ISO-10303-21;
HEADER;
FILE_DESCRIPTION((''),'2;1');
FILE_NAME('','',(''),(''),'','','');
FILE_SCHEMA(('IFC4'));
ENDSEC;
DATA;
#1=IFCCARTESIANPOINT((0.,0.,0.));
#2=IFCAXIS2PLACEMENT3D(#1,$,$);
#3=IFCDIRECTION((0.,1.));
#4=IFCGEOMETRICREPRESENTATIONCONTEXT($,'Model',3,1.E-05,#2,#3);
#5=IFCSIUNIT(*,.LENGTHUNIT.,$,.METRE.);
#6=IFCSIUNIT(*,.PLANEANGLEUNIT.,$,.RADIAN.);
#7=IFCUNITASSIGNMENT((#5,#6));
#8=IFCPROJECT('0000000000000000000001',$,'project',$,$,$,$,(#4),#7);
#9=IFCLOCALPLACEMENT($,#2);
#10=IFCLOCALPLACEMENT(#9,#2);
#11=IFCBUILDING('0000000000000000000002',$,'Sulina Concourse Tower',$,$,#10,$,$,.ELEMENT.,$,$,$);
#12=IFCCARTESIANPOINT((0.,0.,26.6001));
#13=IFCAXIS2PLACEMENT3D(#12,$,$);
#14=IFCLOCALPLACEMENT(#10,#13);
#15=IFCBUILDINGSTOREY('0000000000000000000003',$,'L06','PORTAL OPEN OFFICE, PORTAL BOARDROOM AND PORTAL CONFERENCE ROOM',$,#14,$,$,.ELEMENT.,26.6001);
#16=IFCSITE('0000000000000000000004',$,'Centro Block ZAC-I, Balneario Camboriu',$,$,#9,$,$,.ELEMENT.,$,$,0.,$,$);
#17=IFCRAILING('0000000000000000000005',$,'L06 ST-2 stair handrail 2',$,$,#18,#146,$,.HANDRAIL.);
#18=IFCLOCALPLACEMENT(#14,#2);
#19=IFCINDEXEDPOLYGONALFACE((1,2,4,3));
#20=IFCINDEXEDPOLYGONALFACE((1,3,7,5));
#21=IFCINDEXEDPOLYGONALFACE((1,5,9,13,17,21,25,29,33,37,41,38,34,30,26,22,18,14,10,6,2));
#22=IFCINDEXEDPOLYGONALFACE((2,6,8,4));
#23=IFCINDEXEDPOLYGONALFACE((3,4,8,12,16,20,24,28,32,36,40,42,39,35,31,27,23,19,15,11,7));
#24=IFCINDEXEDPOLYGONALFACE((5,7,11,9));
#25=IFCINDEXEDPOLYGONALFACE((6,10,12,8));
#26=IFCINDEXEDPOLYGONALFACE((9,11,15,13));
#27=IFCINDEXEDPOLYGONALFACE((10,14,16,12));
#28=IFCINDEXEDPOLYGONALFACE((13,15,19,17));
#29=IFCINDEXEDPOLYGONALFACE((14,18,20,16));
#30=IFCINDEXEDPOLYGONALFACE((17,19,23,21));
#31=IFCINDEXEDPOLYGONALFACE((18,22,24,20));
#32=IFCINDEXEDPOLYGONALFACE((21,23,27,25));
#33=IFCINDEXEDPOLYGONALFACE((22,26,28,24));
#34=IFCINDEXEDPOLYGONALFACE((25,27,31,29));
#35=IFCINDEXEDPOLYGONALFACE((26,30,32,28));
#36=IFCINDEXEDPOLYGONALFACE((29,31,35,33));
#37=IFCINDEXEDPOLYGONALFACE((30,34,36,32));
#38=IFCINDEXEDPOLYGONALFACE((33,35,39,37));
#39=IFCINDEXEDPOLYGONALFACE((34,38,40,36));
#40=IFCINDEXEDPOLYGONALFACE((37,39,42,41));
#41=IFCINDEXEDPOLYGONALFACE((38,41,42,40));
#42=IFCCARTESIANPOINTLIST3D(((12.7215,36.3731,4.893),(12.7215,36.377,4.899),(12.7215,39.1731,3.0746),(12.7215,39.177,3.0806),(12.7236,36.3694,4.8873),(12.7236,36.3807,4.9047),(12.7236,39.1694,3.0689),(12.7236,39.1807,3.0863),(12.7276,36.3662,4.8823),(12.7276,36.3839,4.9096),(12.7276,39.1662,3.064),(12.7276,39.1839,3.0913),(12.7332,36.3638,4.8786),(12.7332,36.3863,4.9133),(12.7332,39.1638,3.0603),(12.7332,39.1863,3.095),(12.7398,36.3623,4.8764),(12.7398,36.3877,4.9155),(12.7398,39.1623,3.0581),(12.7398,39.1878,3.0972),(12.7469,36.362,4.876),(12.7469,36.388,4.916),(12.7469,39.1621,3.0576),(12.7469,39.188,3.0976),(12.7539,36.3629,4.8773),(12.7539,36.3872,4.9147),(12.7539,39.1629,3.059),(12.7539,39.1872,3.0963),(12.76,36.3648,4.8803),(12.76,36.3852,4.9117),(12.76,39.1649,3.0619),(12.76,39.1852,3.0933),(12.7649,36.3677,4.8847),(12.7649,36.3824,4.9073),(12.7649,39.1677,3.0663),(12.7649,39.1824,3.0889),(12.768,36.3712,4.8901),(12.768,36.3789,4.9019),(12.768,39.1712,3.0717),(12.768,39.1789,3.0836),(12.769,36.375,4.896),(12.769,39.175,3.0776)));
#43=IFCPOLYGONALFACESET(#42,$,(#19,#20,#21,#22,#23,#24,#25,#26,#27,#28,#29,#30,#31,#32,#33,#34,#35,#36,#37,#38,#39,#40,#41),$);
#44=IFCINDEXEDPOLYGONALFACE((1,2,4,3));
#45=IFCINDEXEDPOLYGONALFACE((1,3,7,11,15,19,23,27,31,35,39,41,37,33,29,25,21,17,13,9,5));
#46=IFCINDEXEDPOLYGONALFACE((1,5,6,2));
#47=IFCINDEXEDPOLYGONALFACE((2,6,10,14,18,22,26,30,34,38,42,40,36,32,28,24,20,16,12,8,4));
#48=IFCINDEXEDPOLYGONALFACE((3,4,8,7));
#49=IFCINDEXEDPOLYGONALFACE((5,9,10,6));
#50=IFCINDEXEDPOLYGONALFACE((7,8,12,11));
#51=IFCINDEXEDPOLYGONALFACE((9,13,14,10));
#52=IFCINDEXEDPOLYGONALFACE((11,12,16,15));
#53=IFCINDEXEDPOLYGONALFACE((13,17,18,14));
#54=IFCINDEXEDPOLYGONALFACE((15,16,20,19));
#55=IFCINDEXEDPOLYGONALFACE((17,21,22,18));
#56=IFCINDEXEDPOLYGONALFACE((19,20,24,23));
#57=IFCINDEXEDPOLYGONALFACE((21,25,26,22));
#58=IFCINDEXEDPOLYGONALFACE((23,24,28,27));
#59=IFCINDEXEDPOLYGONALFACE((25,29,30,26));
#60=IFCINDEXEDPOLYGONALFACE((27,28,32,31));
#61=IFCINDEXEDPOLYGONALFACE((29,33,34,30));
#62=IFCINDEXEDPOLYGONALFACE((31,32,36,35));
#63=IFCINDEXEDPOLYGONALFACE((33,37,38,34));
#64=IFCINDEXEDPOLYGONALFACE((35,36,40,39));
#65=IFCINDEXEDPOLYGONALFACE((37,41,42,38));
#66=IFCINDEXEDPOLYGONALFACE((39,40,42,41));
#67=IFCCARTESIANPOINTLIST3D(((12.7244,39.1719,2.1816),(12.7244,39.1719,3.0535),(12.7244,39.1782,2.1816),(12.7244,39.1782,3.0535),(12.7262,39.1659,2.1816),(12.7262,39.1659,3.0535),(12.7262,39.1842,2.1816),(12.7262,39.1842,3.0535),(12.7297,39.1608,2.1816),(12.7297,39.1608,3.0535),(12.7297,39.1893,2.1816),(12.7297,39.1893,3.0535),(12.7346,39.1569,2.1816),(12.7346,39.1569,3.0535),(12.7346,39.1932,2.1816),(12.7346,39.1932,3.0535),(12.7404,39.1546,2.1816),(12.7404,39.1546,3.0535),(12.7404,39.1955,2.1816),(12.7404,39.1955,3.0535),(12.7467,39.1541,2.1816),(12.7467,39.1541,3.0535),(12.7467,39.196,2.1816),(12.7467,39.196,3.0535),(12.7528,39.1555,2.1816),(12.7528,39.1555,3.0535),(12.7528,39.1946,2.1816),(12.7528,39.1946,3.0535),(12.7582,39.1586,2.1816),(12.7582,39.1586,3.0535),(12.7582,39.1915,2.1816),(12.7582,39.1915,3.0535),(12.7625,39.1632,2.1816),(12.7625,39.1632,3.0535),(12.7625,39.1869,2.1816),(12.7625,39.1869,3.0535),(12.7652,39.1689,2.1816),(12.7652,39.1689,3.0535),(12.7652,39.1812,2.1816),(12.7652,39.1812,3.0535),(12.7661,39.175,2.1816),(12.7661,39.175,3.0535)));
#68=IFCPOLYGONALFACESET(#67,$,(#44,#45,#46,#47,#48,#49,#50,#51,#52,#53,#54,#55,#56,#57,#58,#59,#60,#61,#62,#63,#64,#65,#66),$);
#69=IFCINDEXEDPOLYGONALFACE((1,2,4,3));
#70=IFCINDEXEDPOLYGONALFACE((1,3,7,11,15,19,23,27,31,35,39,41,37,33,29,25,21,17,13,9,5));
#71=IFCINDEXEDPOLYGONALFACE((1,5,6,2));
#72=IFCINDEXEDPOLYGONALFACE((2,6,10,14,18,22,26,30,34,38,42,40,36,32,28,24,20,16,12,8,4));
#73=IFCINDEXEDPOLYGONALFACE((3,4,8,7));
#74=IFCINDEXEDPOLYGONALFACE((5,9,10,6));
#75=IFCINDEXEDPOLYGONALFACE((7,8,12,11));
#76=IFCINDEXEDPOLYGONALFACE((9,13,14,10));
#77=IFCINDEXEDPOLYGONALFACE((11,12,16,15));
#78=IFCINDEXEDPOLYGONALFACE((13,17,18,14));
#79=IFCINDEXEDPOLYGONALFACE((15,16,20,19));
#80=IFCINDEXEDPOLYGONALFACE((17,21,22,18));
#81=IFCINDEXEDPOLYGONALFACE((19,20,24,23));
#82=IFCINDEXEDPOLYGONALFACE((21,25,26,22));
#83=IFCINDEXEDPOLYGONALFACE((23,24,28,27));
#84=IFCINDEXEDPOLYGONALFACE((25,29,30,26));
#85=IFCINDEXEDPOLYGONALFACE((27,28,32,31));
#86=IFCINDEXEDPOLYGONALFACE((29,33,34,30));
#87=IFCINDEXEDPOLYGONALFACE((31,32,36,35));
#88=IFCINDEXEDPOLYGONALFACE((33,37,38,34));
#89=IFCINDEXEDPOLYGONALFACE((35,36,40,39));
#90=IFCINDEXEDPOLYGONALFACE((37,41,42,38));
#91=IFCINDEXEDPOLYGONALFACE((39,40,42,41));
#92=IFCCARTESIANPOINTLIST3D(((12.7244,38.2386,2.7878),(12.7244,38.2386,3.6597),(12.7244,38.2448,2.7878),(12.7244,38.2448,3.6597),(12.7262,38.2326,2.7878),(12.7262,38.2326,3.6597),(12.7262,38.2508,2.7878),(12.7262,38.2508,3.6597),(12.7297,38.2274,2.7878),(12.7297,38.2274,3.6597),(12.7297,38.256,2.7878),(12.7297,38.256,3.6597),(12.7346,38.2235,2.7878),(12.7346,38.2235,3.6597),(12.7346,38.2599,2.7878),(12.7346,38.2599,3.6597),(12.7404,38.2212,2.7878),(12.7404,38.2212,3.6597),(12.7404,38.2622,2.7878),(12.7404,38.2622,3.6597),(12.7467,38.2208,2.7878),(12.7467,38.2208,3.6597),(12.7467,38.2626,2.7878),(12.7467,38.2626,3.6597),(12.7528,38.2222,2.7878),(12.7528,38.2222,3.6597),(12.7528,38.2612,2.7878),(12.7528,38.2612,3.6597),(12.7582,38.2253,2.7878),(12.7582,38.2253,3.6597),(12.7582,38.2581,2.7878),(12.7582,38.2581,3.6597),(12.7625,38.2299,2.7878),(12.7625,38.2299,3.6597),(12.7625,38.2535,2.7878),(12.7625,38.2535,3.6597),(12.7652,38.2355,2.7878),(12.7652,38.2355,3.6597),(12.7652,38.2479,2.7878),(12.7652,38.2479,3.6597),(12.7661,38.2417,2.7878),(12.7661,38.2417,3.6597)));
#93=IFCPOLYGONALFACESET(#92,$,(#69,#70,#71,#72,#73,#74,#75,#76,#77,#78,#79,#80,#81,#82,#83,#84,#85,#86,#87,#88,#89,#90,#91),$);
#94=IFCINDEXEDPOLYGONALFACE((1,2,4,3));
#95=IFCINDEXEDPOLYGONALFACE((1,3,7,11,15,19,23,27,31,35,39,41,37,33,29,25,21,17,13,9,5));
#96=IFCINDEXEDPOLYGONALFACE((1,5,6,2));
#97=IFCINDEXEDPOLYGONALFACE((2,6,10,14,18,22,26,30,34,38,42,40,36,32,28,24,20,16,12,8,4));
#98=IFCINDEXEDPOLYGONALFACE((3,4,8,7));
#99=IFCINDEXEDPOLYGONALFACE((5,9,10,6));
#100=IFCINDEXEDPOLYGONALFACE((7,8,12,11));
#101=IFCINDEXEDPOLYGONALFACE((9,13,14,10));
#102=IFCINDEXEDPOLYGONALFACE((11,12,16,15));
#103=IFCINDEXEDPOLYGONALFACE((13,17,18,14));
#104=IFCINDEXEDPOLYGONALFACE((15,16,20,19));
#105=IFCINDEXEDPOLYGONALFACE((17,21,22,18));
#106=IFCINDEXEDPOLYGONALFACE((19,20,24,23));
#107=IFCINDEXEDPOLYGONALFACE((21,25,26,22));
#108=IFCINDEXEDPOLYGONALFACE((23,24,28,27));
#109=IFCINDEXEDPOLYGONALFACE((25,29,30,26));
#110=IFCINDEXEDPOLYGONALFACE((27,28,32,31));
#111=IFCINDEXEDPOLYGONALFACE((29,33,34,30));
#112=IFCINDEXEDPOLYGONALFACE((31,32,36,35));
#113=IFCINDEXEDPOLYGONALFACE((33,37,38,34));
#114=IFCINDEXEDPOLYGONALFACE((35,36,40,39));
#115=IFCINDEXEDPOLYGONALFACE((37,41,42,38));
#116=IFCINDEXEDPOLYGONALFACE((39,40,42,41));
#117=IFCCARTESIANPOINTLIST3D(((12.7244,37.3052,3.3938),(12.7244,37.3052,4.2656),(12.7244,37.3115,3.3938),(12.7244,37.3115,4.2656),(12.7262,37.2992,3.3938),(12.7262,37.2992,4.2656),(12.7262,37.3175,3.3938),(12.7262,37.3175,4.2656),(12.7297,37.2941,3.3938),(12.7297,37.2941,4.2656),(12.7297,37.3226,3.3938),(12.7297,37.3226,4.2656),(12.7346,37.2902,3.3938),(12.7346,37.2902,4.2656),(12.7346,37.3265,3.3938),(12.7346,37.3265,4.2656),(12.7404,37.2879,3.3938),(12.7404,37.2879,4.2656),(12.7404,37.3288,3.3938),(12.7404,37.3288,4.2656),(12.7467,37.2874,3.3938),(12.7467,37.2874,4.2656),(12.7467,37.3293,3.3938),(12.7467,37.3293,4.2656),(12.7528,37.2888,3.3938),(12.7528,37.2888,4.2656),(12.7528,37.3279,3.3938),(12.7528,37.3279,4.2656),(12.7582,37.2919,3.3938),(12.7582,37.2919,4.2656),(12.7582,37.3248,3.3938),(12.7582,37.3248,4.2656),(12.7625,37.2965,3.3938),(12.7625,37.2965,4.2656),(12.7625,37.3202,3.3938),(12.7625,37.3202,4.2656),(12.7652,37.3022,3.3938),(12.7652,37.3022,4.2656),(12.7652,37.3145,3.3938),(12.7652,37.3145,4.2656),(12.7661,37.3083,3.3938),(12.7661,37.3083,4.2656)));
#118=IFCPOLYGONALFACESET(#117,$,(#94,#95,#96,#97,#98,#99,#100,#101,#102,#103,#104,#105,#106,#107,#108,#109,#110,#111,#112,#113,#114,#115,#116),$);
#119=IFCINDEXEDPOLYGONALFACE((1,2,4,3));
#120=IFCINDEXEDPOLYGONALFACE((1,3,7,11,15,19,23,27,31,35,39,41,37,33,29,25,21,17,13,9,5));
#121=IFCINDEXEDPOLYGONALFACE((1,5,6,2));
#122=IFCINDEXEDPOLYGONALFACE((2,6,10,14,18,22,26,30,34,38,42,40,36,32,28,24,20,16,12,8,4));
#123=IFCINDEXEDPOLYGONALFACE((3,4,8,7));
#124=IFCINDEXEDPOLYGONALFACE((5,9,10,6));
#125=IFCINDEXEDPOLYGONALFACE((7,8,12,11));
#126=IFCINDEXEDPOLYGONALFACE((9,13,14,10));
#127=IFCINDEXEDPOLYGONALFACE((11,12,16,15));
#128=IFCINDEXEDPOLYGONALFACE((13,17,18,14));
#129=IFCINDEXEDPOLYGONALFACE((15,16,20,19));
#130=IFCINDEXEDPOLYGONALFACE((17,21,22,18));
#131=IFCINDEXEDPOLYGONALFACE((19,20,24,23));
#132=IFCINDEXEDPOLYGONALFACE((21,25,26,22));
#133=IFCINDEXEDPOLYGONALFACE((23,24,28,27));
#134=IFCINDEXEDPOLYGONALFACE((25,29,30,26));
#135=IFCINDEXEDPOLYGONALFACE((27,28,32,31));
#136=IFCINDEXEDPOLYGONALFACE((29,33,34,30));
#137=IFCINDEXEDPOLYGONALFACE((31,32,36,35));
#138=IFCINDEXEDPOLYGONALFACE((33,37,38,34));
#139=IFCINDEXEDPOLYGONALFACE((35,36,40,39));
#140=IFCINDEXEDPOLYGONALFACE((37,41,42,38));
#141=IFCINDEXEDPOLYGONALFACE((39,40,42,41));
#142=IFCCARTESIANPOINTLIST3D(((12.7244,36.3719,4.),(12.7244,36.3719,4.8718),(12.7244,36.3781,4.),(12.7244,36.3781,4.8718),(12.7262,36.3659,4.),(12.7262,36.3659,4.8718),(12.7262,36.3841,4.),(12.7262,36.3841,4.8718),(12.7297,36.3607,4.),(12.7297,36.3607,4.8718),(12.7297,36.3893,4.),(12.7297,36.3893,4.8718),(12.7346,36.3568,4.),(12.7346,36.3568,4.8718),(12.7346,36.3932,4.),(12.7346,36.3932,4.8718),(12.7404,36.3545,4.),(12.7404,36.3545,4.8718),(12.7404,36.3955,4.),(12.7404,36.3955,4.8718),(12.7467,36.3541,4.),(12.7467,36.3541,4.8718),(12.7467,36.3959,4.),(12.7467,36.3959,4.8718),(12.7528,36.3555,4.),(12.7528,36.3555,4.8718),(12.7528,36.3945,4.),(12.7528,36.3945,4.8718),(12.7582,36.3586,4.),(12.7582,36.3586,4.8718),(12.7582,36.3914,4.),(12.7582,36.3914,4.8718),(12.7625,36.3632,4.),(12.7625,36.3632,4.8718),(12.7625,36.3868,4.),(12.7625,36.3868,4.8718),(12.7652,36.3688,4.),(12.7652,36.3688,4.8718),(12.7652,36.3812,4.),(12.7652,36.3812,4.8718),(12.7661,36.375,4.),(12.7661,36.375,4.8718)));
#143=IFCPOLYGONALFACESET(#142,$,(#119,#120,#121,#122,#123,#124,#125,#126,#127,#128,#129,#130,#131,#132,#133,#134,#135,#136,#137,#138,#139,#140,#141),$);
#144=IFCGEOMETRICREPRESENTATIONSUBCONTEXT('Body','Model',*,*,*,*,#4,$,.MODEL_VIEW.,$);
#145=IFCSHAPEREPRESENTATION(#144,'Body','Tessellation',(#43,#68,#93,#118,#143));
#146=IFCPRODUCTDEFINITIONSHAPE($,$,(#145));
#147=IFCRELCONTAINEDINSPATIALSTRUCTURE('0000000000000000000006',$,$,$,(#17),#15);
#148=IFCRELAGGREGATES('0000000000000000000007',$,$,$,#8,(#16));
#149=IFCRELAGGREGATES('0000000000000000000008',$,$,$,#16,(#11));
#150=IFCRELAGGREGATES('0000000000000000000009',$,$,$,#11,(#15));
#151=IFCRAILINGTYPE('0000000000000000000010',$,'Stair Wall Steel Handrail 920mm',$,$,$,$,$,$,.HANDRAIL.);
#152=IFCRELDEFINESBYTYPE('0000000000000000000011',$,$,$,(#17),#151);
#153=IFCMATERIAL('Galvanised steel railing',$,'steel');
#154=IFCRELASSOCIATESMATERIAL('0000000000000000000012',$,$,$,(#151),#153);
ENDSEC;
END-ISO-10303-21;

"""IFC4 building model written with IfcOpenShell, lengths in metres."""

from ifc_helpers import new_model, si_unit, direction, frame, origin, origin_2d, place, context, subcontext, project, spatial, circle, extrude, material, type_object, element, save


model = new_model("IFC4")

# Units and contexts
model_context = context("Model", 3, precision=1e-05, world=origin(), true_north=direction((0.0, 1.0)))
body_context = subcontext(model_context, "Body", "Model", "MODEL_VIEW")
ifc_project = project(units=[si_unit("LENGTHUNIT", "METRE"), si_unit("PLANEANGLEUNIT", "RADIAN")], contexts=[model_context])

# Site, building, storey
site_placement = place(None, origin())
site = spatial("IfcSite", under=ifc_project, at=site_placement, Name="Centro Block ZAC-I, Balneario Camboriu", CompositionType="ELEMENT", RefElevation=0.0)
building_placement = place(site_placement, origin())
building = spatial("IfcBuilding", under=site, at=building_placement, Name="Sulina Concourse Tower", CompositionType="ELEMENT")
storey_placement = place(building_placement, frame((0.0, 0.0, 26.6001)))
storey = spatial("IfcBuildingStorey", under=building, at=storey_placement, Name="L06", Description="PORTAL OPEN OFFICE, PORTAL BOARDROOM AND PORTAL CONFERENCE ROOM", CompositionType="ELEMENT", Elevation=26.6001)

# Railing
ifc_material_1 = material(Name="Galvanised steel railing", Category="steel")
railing_type_1 = type_object("IfcRailingType", Name="Stair Wall Steel Handrail 920mm", PredefinedType="HANDRAIL", material=ifc_material_1)
railing_1_placement = place(storey_placement, frame((12.7451, 39.175, 2.1816)))
element("IfcRailing", 1, at=railing_1_placement, inside=storey, type_object=railing_type_1, Name="L06 ST-2 stair handrail 2", PredefinedType="HANDRAIL", context=body_context, shape_type="SweptSolid", body=[
    extrude(circle(Radius=0.0239, at=origin_2d()), frame((0.0, 0.0, 0.896), z_axis=(0.0, -0.838672, 0.544636), x_axis=(1.0, 0.0, 0.0)), (0.0, 0.0, 1.0), 3.3386),
    extrude(circle(Radius=0.021, at=origin_2d()), origin(), (0.0, 0.0, 1.0), 0.8718),
    extrude(circle(Radius=0.021, at=origin_2d()), frame((0.0, -0.9333, 0.6062)), (0.0, 0.0, 1.0), 0.8718),
    extrude(circle(Radius=0.021, at=origin_2d()), frame((0.0, -1.8667, 1.2122)), (0.0, 0.0, 1.0), 0.8718),
    extrude(circle(Radius=0.021, at=origin_2d()), frame((0.0, -2.8, 1.8184)), (0.0, 0.0, 1.0), 0.8718),
])

save(model, "model.ifc")
